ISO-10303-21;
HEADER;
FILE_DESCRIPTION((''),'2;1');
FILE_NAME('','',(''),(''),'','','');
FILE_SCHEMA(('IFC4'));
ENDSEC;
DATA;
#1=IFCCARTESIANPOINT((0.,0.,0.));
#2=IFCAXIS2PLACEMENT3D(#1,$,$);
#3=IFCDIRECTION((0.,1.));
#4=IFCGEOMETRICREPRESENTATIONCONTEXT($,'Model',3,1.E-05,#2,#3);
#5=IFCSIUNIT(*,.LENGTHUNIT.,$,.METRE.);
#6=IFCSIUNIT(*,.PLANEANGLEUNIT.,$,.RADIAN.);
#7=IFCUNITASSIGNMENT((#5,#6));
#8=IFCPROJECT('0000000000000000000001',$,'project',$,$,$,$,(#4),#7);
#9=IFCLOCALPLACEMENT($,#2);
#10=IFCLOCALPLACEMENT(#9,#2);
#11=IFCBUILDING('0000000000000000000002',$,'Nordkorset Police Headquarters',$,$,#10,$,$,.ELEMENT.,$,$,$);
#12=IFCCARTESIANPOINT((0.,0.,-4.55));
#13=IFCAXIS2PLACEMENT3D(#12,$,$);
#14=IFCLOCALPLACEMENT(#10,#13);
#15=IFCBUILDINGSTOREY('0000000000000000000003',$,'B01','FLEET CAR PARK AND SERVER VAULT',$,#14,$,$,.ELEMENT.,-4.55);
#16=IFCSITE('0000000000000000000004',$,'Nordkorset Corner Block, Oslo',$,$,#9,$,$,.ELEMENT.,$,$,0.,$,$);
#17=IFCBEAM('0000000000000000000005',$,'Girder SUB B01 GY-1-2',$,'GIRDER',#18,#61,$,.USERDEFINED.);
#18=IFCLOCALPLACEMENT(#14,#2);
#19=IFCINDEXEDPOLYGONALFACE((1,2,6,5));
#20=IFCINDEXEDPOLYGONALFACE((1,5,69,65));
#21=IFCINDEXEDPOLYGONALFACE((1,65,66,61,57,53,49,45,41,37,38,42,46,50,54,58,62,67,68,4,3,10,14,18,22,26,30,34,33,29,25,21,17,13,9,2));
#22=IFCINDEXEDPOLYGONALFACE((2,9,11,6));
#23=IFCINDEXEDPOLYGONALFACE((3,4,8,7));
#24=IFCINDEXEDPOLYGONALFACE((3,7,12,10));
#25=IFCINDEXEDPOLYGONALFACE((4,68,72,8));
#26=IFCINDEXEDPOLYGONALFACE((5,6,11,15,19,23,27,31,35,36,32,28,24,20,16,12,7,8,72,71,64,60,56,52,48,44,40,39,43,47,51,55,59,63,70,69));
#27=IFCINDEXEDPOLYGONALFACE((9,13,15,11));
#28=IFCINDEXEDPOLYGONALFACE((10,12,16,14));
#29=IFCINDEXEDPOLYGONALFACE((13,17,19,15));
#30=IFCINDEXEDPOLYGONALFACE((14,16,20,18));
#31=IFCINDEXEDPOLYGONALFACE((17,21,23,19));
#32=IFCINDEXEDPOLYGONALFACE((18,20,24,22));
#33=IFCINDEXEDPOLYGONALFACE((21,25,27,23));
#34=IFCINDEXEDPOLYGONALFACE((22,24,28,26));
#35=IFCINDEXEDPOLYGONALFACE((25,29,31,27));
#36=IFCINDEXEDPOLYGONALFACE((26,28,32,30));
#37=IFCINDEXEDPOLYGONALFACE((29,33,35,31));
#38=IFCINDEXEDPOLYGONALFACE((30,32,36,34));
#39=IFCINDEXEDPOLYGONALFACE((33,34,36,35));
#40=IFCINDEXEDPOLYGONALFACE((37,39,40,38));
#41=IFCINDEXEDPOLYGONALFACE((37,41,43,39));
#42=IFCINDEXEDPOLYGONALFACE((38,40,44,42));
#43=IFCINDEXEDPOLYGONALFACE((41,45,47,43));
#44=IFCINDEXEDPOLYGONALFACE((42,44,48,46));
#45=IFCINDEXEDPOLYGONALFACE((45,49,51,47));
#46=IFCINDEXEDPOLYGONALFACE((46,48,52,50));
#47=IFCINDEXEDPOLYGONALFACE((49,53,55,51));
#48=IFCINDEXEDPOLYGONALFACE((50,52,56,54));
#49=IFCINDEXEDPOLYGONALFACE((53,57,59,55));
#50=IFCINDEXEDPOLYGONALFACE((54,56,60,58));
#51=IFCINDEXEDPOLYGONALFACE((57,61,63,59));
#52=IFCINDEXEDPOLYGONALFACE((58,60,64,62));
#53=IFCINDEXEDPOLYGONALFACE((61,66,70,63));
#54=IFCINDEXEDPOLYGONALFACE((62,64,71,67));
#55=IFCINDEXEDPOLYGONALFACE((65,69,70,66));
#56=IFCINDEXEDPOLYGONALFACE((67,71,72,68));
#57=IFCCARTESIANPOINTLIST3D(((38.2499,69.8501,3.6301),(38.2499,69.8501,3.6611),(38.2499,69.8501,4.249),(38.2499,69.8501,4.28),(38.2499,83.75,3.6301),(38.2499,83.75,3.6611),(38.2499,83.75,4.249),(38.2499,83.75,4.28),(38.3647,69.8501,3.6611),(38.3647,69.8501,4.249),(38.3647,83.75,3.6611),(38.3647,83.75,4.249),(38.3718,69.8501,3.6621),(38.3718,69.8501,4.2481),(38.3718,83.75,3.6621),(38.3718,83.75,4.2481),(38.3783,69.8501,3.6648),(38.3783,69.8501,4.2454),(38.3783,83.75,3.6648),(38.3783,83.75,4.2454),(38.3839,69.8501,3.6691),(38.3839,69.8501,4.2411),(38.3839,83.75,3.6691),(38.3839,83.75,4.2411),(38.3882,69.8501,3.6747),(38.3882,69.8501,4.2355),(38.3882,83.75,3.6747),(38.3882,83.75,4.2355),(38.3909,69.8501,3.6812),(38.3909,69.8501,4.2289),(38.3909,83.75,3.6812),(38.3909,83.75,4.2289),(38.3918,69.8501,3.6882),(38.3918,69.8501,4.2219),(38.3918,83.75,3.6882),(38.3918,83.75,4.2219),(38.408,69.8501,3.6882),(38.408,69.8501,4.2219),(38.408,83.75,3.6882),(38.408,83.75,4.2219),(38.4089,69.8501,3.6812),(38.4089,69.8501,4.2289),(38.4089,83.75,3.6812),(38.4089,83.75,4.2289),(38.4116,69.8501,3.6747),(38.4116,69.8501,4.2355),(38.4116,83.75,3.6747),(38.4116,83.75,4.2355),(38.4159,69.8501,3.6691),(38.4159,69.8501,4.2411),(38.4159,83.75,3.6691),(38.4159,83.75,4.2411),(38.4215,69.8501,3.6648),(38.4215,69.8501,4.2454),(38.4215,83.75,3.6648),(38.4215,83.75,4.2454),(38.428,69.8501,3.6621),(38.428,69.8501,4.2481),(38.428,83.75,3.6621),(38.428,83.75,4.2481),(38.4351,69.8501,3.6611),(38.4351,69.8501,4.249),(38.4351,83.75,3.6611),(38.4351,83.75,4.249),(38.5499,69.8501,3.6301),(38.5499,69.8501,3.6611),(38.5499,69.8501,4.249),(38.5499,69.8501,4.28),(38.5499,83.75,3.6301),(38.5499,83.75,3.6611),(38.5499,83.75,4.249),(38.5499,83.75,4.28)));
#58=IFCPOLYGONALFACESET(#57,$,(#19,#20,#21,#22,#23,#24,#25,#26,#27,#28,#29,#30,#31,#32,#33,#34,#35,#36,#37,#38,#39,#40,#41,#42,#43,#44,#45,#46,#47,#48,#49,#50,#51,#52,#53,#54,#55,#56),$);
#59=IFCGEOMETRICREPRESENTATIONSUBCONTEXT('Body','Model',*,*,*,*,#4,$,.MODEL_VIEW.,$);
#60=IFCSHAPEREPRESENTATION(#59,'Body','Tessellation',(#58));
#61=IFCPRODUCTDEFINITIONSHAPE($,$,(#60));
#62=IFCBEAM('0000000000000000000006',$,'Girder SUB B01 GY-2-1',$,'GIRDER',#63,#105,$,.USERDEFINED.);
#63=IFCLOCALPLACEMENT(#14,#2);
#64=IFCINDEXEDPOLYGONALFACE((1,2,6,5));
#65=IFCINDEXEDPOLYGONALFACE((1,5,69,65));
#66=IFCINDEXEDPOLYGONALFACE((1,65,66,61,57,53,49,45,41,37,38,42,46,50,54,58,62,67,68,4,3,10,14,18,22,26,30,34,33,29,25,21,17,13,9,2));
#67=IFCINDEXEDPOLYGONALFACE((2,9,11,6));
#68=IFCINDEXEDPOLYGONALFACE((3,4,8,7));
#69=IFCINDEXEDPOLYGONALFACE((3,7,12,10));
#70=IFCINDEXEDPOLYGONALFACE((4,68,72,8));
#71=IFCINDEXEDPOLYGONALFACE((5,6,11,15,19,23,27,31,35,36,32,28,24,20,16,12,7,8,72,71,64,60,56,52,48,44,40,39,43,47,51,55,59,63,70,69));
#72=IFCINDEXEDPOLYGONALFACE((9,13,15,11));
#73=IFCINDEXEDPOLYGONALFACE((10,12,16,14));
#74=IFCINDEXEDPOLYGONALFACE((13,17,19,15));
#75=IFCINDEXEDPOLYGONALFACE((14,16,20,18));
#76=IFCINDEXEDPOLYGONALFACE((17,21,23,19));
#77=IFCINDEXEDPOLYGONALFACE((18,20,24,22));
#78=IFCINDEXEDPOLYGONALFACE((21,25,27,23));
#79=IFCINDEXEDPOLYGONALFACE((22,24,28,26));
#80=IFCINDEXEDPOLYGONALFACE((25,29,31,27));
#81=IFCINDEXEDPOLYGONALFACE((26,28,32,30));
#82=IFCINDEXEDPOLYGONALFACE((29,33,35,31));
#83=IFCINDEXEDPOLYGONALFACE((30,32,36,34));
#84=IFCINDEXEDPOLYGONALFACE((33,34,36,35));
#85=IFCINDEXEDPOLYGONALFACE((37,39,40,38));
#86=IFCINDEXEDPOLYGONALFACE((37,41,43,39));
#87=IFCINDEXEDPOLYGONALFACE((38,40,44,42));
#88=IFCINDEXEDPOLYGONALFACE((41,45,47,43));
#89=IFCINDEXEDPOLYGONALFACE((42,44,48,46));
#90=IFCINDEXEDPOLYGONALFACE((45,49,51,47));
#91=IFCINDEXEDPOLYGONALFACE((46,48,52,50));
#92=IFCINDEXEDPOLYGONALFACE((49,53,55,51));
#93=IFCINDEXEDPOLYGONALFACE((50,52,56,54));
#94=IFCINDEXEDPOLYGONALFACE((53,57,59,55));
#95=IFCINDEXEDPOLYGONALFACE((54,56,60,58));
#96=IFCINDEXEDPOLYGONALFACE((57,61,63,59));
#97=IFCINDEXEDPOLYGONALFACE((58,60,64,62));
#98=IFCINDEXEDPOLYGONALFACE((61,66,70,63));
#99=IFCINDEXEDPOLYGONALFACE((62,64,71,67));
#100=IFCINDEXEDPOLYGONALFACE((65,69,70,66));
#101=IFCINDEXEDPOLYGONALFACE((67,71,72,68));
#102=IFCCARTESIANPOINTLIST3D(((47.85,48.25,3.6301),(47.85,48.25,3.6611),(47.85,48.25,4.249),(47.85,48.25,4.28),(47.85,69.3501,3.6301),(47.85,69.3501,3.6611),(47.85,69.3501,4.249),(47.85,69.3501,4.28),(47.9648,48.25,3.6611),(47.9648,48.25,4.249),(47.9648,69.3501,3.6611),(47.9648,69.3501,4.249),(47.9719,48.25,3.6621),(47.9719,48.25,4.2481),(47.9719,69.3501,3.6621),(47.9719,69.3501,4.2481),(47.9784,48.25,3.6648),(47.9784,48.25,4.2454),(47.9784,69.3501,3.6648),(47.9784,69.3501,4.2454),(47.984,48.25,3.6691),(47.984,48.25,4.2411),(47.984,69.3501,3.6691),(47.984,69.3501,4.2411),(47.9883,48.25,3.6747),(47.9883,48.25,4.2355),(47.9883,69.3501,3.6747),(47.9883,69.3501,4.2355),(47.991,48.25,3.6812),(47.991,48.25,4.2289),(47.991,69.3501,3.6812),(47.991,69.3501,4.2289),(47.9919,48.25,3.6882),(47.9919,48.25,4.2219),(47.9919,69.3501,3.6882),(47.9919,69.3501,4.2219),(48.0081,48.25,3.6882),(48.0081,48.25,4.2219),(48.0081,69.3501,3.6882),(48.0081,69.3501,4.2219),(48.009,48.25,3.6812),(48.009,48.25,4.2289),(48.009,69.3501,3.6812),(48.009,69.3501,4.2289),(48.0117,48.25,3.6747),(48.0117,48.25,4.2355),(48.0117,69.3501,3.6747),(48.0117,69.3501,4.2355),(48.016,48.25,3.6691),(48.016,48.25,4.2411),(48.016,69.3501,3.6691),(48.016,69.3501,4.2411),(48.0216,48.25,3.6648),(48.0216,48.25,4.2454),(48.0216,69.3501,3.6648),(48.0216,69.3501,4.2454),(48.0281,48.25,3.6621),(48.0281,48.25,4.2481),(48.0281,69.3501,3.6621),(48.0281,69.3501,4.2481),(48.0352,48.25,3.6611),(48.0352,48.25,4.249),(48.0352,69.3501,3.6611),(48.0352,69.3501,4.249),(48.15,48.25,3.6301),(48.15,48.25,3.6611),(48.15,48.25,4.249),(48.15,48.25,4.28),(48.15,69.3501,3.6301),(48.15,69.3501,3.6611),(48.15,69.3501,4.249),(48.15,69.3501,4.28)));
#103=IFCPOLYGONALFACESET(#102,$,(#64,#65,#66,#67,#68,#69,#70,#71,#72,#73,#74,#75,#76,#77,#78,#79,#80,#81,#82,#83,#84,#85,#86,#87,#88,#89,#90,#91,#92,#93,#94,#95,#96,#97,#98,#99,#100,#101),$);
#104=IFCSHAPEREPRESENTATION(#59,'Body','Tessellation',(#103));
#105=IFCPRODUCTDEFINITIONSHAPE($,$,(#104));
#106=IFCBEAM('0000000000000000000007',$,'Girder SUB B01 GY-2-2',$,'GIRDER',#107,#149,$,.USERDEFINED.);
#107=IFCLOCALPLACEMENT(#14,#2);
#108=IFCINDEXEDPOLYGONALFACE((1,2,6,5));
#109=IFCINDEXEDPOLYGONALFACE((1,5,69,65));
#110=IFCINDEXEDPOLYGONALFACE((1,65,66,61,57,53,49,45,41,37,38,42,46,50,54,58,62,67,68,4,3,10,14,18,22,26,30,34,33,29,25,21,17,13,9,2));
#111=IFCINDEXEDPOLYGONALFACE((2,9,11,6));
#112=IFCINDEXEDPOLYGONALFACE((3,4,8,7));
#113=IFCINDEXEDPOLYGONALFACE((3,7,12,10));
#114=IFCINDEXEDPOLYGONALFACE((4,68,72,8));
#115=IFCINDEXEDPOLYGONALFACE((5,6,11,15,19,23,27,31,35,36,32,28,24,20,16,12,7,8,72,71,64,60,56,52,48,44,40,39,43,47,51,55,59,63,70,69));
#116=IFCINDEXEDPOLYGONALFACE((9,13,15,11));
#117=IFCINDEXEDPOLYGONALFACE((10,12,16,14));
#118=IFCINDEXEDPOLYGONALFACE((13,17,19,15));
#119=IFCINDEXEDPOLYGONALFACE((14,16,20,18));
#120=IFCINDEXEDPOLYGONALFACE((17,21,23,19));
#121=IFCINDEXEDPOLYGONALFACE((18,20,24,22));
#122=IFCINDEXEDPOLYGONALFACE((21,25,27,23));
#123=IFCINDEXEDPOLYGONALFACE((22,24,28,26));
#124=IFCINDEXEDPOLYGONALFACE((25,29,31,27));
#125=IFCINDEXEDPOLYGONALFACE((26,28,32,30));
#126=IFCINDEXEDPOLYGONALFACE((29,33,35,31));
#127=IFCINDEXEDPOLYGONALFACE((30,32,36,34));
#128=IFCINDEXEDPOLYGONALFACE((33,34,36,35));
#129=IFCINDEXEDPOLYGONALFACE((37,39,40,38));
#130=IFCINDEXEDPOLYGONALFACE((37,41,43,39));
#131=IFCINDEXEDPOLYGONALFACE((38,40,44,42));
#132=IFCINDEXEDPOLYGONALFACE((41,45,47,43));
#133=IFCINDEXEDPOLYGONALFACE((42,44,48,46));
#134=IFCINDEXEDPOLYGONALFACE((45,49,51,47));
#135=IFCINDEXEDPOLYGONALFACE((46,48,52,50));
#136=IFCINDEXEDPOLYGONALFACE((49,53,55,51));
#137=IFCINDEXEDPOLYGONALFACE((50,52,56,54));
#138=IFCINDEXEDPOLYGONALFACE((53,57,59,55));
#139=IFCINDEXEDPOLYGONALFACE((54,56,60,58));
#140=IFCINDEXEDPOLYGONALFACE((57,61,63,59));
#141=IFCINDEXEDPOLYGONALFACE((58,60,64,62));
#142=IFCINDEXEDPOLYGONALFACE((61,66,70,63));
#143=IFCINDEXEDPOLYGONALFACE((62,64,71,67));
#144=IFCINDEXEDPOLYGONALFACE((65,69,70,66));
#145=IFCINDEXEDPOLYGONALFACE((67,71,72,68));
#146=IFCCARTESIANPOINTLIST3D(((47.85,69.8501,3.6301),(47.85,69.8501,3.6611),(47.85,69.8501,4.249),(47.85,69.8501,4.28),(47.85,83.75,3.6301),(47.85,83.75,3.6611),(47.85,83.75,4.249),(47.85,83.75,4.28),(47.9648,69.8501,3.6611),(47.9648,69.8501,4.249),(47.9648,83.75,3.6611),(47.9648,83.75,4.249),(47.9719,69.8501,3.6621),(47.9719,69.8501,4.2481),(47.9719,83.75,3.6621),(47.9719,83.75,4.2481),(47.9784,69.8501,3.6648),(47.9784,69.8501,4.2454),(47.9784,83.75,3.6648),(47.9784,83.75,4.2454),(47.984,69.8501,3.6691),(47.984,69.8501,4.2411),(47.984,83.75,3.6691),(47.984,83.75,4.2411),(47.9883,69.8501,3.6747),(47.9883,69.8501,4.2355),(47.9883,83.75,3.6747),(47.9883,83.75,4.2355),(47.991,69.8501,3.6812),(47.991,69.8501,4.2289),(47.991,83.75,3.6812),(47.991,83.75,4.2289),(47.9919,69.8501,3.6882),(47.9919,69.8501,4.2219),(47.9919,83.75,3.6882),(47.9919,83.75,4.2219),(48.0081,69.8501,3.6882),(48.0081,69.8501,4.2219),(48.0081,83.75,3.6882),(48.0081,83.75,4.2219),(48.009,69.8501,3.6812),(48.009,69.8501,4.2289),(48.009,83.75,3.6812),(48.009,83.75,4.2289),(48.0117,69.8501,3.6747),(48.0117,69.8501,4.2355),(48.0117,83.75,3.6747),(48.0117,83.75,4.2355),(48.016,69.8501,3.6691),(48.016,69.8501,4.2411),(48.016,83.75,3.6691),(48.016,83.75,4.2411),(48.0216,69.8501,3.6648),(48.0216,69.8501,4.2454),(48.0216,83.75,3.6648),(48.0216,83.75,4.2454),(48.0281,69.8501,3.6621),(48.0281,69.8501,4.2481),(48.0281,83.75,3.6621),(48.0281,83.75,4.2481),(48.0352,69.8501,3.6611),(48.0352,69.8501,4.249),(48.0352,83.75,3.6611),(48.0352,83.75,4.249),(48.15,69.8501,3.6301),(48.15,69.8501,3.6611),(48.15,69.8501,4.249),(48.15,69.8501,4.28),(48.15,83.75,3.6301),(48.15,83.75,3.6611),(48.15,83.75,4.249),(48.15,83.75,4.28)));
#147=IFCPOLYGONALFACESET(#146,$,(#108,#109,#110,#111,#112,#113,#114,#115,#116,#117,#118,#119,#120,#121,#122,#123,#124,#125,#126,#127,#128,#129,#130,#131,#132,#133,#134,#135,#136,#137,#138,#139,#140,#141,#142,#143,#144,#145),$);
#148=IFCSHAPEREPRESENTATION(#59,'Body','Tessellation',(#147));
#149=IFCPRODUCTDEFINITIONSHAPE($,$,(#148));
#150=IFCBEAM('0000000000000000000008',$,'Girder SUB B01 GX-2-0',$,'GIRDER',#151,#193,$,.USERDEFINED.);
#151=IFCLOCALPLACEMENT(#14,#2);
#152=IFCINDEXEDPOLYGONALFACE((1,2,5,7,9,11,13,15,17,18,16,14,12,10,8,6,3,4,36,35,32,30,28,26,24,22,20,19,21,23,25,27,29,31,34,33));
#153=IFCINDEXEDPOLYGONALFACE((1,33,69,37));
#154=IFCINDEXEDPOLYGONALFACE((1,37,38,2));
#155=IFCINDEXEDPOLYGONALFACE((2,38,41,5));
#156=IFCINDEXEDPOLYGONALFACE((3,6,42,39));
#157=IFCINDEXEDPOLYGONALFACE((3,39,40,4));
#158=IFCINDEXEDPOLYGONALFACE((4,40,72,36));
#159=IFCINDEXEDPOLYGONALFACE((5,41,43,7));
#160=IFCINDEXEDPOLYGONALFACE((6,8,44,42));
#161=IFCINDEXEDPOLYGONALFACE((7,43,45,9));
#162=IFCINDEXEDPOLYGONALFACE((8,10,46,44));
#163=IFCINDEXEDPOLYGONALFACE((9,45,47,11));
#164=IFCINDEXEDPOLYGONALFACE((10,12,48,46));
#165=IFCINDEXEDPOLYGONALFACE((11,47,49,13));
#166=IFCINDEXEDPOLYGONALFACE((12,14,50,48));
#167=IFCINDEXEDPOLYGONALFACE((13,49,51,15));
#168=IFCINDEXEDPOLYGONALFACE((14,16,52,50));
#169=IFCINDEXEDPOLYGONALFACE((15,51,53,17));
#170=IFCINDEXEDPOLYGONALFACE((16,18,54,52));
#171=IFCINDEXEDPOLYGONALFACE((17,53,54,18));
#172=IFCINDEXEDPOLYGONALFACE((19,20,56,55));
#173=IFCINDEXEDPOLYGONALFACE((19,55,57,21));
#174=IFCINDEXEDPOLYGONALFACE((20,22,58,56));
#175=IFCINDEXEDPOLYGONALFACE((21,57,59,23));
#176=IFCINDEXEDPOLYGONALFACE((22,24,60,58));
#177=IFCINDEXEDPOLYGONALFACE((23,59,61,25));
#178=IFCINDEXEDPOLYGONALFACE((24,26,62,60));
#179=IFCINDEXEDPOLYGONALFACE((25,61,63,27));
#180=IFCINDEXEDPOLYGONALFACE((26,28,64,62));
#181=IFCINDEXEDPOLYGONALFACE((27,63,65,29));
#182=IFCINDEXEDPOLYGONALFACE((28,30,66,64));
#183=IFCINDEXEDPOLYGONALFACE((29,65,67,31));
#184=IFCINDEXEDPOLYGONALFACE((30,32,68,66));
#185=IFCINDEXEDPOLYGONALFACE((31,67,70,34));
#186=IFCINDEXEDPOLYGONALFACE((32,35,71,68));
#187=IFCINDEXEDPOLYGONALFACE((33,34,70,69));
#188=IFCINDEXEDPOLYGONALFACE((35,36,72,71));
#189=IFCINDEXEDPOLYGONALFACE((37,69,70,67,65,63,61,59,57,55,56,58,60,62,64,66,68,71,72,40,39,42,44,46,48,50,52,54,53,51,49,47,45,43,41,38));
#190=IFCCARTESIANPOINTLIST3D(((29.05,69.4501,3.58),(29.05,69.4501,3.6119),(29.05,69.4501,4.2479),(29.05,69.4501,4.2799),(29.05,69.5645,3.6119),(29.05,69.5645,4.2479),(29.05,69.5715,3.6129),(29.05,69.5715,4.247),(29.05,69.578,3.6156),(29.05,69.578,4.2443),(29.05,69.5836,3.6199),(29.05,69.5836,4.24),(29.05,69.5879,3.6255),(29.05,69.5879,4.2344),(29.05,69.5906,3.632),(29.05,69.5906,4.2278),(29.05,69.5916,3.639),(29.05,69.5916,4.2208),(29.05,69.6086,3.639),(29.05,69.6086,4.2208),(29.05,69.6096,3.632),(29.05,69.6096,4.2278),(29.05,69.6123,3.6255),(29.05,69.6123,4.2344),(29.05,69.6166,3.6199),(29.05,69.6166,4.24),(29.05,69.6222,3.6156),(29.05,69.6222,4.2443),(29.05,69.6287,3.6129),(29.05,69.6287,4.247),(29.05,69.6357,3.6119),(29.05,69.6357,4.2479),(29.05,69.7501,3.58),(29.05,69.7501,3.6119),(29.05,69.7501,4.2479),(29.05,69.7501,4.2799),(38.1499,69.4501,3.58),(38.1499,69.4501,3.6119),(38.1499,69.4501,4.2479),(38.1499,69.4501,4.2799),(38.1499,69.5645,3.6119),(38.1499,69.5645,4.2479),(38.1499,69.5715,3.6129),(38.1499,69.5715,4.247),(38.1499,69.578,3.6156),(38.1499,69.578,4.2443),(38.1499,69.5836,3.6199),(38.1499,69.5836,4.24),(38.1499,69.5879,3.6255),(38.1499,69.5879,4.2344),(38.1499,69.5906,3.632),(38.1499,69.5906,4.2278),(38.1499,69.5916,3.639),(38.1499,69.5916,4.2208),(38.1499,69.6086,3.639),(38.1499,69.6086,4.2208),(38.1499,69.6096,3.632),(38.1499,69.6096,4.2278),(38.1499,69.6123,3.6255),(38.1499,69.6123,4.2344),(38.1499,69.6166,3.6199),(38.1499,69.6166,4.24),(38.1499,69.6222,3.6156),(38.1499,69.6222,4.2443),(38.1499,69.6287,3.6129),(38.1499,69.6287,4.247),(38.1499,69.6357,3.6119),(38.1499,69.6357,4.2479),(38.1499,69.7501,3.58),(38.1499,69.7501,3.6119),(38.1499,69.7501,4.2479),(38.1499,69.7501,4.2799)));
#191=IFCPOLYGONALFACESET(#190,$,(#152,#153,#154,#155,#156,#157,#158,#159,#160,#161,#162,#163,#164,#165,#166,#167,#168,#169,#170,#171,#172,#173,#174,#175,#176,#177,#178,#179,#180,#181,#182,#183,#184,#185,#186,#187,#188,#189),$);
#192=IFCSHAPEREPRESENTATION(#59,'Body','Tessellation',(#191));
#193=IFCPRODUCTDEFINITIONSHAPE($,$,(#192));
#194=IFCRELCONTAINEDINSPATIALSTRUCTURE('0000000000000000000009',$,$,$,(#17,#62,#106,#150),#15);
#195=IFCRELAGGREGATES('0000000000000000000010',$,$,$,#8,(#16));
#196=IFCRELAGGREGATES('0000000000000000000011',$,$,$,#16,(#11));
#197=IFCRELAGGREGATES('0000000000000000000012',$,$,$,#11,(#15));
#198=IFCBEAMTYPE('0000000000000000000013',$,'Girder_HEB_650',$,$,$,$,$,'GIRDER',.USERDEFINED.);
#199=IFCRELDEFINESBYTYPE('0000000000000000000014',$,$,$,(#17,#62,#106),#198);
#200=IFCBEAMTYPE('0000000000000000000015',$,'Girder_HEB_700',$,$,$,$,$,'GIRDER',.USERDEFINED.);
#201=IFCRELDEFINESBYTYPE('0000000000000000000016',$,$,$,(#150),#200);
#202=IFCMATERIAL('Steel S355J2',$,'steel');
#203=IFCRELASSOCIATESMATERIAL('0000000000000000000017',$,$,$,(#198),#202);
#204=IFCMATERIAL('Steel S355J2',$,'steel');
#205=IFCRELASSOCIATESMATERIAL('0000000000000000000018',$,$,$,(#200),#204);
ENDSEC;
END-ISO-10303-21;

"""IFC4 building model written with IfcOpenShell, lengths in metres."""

from ifc_helpers import new_model, si_unit, direction, frame, origin, origin_2d, place, context, subcontext, project, spatial, i_section, extrude, material, material_profile, profile_set, type_object, element, save


model = new_model("IFC4")

# Units and contexts
model_context = context("Model", 3, precision=1e-05, world=origin(), true_north=direction((0.0, 1.0)))
body_context = subcontext(model_context, "Body", "Model", "MODEL_VIEW")
ifc_project = project(units=[si_unit("LENGTHUNIT", "METRE"), si_unit("PLANEANGLEUNIT", "RADIAN")], contexts=[model_context])

# Site, building, storey
site_placement = place(None, origin())
site = spatial("IfcSite", under=ifc_project, at=site_placement, Name="Nordkorset Corner Block, Oslo", CompositionType="ELEMENT", RefElevation=0.0)
building_placement = place(site_placement, origin())
building = spatial("IfcBuilding", under=site, at=building_placement, Name="Nordkorset Police Headquarters", CompositionType="ELEMENT")
storey_placement = place(building_placement, frame((0.0, 0.0, -4.55)))
storey = spatial("IfcBuildingStorey", under=building, at=storey_placement, Name="B01", Description="FLEET CAR PARK AND SERVER VAULT", CompositionType="ELEMENT", Elevation=-4.55)

# Beams
ifc_material_1 = material(Name="Steel S355J2", Category="steel")
ifc_material_profile_1 = material_profile(ifc_material_1, i_section(OverallWidth=0.3, OverallDepth=0.6499, WebThickness=0.0161, FlangeThickness=0.031, FilletRadius=0.0271, at=origin_2d()), Name="HEB 650")
ifc_profile_set_1 = profile_set([ifc_material_profile_1], Name="Steel S355J2")
beam_type_1 = type_object("IfcBeamType", Name="Girder_HEB_650", ElementType="GIRDER", PredefinedType="USERDEFINED", material=ifc_profile_set_1)
beam_1_placement = place(storey_placement, frame((38.3999, 69.8501, 3.9551), z_axis=(0.0, 1.0, 0.0), x_axis=(-1.0, 0.0, 0.0)))
element("IfcBeam", 1, at=beam_1_placement, inside=storey, type_object=beam_type_1, Name="Girder SUB B01 GY-1-2", ObjectType="GIRDER", PredefinedType="USERDEFINED", context=body_context, shape_type="SweptSolid", body=[
    extrude(i_section(OverallWidth=0.3, OverallDepth=0.6499, WebThickness=0.0161, FlangeThickness=0.031, FilletRadius=0.0271, at=origin_2d()), origin(), (0.0, 0.0, 1.0), 13.8999),
])
beam_2_placement = place(storey_placement, frame((48.0, 48.25, 3.9551), z_axis=(0.0, 1.0, 0.0), x_axis=(-1.0, 0.0, 0.0)))
element("IfcBeam", 2, at=beam_2_placement, inside=storey, type_object=beam_type_1, Name="Girder SUB B01 GY-2-1", ObjectType="GIRDER", PredefinedType="USERDEFINED", context=body_context, shape_type="SweptSolid", body=[
    extrude(i_section(OverallWidth=0.3, OverallDepth=0.6499, WebThickness=0.0161, FlangeThickness=0.031, FilletRadius=0.0271, at=origin_2d()), origin(), (0.0, 0.0, 1.0), 21.1001),
])
beam_3_placement = place(storey_placement, frame((48.0, 69.8501, 3.9551), z_axis=(0.0, 1.0, 0.0), x_axis=(-1.0, 0.0, 0.0)))
element("IfcBeam", 3, at=beam_3_placement, inside=storey, type_object=beam_type_1, Name="Girder SUB B01 GY-2-2", ObjectType="GIRDER", PredefinedType="USERDEFINED", context=body_context, shape_type="SweptSolid", body=[
    extrude(i_section(OverallWidth=0.3, OverallDepth=0.6499, WebThickness=0.0161, FlangeThickness=0.031, FilletRadius=0.0271, at=origin_2d()), origin(), (0.0, 0.0, 1.0), 13.8999),
])
ifc_material_2 = material(Name="Steel S355J2", Category="steel")
ifc_material_profile_2 = material_profile(ifc_material_2, i_section(OverallWidth=0.3, OverallDepth=0.7, WebThickness=0.0171, FlangeThickness=0.032, FilletRadius=0.0271, at=origin_2d()), Name="HEB 700")
ifc_profile_set_2 = profile_set([ifc_material_profile_2], Name="Steel S355J2")
beam_type_2 = type_object("IfcBeamType", Name="Girder_HEB_700", ElementType="GIRDER", PredefinedType="USERDEFINED", material=ifc_profile_set_2)
beam_4_placement = place(storey_placement, frame((29.05, 69.6001, 3.9299), z_axis=(1.0, 0.0, 0.0), x_axis=(0.0, 1.0, 0.0)))
element("IfcBeam", 4, at=beam_4_placement, inside=storey, type_object=beam_type_2, Name="Girder SUB B01 GX-2-0", ObjectType="GIRDER", PredefinedType="USERDEFINED", context=body_context, shape_type="SweptSolid", body=[
    extrude(i_section(OverallWidth=0.3, OverallDepth=0.7, WebThickness=0.0171, FlangeThickness=0.032, FilletRadius=0.0271, at=origin_2d()), origin(), (0.0, 0.0, 1.0), 9.0999),
])

save(model, "model.ifc")
